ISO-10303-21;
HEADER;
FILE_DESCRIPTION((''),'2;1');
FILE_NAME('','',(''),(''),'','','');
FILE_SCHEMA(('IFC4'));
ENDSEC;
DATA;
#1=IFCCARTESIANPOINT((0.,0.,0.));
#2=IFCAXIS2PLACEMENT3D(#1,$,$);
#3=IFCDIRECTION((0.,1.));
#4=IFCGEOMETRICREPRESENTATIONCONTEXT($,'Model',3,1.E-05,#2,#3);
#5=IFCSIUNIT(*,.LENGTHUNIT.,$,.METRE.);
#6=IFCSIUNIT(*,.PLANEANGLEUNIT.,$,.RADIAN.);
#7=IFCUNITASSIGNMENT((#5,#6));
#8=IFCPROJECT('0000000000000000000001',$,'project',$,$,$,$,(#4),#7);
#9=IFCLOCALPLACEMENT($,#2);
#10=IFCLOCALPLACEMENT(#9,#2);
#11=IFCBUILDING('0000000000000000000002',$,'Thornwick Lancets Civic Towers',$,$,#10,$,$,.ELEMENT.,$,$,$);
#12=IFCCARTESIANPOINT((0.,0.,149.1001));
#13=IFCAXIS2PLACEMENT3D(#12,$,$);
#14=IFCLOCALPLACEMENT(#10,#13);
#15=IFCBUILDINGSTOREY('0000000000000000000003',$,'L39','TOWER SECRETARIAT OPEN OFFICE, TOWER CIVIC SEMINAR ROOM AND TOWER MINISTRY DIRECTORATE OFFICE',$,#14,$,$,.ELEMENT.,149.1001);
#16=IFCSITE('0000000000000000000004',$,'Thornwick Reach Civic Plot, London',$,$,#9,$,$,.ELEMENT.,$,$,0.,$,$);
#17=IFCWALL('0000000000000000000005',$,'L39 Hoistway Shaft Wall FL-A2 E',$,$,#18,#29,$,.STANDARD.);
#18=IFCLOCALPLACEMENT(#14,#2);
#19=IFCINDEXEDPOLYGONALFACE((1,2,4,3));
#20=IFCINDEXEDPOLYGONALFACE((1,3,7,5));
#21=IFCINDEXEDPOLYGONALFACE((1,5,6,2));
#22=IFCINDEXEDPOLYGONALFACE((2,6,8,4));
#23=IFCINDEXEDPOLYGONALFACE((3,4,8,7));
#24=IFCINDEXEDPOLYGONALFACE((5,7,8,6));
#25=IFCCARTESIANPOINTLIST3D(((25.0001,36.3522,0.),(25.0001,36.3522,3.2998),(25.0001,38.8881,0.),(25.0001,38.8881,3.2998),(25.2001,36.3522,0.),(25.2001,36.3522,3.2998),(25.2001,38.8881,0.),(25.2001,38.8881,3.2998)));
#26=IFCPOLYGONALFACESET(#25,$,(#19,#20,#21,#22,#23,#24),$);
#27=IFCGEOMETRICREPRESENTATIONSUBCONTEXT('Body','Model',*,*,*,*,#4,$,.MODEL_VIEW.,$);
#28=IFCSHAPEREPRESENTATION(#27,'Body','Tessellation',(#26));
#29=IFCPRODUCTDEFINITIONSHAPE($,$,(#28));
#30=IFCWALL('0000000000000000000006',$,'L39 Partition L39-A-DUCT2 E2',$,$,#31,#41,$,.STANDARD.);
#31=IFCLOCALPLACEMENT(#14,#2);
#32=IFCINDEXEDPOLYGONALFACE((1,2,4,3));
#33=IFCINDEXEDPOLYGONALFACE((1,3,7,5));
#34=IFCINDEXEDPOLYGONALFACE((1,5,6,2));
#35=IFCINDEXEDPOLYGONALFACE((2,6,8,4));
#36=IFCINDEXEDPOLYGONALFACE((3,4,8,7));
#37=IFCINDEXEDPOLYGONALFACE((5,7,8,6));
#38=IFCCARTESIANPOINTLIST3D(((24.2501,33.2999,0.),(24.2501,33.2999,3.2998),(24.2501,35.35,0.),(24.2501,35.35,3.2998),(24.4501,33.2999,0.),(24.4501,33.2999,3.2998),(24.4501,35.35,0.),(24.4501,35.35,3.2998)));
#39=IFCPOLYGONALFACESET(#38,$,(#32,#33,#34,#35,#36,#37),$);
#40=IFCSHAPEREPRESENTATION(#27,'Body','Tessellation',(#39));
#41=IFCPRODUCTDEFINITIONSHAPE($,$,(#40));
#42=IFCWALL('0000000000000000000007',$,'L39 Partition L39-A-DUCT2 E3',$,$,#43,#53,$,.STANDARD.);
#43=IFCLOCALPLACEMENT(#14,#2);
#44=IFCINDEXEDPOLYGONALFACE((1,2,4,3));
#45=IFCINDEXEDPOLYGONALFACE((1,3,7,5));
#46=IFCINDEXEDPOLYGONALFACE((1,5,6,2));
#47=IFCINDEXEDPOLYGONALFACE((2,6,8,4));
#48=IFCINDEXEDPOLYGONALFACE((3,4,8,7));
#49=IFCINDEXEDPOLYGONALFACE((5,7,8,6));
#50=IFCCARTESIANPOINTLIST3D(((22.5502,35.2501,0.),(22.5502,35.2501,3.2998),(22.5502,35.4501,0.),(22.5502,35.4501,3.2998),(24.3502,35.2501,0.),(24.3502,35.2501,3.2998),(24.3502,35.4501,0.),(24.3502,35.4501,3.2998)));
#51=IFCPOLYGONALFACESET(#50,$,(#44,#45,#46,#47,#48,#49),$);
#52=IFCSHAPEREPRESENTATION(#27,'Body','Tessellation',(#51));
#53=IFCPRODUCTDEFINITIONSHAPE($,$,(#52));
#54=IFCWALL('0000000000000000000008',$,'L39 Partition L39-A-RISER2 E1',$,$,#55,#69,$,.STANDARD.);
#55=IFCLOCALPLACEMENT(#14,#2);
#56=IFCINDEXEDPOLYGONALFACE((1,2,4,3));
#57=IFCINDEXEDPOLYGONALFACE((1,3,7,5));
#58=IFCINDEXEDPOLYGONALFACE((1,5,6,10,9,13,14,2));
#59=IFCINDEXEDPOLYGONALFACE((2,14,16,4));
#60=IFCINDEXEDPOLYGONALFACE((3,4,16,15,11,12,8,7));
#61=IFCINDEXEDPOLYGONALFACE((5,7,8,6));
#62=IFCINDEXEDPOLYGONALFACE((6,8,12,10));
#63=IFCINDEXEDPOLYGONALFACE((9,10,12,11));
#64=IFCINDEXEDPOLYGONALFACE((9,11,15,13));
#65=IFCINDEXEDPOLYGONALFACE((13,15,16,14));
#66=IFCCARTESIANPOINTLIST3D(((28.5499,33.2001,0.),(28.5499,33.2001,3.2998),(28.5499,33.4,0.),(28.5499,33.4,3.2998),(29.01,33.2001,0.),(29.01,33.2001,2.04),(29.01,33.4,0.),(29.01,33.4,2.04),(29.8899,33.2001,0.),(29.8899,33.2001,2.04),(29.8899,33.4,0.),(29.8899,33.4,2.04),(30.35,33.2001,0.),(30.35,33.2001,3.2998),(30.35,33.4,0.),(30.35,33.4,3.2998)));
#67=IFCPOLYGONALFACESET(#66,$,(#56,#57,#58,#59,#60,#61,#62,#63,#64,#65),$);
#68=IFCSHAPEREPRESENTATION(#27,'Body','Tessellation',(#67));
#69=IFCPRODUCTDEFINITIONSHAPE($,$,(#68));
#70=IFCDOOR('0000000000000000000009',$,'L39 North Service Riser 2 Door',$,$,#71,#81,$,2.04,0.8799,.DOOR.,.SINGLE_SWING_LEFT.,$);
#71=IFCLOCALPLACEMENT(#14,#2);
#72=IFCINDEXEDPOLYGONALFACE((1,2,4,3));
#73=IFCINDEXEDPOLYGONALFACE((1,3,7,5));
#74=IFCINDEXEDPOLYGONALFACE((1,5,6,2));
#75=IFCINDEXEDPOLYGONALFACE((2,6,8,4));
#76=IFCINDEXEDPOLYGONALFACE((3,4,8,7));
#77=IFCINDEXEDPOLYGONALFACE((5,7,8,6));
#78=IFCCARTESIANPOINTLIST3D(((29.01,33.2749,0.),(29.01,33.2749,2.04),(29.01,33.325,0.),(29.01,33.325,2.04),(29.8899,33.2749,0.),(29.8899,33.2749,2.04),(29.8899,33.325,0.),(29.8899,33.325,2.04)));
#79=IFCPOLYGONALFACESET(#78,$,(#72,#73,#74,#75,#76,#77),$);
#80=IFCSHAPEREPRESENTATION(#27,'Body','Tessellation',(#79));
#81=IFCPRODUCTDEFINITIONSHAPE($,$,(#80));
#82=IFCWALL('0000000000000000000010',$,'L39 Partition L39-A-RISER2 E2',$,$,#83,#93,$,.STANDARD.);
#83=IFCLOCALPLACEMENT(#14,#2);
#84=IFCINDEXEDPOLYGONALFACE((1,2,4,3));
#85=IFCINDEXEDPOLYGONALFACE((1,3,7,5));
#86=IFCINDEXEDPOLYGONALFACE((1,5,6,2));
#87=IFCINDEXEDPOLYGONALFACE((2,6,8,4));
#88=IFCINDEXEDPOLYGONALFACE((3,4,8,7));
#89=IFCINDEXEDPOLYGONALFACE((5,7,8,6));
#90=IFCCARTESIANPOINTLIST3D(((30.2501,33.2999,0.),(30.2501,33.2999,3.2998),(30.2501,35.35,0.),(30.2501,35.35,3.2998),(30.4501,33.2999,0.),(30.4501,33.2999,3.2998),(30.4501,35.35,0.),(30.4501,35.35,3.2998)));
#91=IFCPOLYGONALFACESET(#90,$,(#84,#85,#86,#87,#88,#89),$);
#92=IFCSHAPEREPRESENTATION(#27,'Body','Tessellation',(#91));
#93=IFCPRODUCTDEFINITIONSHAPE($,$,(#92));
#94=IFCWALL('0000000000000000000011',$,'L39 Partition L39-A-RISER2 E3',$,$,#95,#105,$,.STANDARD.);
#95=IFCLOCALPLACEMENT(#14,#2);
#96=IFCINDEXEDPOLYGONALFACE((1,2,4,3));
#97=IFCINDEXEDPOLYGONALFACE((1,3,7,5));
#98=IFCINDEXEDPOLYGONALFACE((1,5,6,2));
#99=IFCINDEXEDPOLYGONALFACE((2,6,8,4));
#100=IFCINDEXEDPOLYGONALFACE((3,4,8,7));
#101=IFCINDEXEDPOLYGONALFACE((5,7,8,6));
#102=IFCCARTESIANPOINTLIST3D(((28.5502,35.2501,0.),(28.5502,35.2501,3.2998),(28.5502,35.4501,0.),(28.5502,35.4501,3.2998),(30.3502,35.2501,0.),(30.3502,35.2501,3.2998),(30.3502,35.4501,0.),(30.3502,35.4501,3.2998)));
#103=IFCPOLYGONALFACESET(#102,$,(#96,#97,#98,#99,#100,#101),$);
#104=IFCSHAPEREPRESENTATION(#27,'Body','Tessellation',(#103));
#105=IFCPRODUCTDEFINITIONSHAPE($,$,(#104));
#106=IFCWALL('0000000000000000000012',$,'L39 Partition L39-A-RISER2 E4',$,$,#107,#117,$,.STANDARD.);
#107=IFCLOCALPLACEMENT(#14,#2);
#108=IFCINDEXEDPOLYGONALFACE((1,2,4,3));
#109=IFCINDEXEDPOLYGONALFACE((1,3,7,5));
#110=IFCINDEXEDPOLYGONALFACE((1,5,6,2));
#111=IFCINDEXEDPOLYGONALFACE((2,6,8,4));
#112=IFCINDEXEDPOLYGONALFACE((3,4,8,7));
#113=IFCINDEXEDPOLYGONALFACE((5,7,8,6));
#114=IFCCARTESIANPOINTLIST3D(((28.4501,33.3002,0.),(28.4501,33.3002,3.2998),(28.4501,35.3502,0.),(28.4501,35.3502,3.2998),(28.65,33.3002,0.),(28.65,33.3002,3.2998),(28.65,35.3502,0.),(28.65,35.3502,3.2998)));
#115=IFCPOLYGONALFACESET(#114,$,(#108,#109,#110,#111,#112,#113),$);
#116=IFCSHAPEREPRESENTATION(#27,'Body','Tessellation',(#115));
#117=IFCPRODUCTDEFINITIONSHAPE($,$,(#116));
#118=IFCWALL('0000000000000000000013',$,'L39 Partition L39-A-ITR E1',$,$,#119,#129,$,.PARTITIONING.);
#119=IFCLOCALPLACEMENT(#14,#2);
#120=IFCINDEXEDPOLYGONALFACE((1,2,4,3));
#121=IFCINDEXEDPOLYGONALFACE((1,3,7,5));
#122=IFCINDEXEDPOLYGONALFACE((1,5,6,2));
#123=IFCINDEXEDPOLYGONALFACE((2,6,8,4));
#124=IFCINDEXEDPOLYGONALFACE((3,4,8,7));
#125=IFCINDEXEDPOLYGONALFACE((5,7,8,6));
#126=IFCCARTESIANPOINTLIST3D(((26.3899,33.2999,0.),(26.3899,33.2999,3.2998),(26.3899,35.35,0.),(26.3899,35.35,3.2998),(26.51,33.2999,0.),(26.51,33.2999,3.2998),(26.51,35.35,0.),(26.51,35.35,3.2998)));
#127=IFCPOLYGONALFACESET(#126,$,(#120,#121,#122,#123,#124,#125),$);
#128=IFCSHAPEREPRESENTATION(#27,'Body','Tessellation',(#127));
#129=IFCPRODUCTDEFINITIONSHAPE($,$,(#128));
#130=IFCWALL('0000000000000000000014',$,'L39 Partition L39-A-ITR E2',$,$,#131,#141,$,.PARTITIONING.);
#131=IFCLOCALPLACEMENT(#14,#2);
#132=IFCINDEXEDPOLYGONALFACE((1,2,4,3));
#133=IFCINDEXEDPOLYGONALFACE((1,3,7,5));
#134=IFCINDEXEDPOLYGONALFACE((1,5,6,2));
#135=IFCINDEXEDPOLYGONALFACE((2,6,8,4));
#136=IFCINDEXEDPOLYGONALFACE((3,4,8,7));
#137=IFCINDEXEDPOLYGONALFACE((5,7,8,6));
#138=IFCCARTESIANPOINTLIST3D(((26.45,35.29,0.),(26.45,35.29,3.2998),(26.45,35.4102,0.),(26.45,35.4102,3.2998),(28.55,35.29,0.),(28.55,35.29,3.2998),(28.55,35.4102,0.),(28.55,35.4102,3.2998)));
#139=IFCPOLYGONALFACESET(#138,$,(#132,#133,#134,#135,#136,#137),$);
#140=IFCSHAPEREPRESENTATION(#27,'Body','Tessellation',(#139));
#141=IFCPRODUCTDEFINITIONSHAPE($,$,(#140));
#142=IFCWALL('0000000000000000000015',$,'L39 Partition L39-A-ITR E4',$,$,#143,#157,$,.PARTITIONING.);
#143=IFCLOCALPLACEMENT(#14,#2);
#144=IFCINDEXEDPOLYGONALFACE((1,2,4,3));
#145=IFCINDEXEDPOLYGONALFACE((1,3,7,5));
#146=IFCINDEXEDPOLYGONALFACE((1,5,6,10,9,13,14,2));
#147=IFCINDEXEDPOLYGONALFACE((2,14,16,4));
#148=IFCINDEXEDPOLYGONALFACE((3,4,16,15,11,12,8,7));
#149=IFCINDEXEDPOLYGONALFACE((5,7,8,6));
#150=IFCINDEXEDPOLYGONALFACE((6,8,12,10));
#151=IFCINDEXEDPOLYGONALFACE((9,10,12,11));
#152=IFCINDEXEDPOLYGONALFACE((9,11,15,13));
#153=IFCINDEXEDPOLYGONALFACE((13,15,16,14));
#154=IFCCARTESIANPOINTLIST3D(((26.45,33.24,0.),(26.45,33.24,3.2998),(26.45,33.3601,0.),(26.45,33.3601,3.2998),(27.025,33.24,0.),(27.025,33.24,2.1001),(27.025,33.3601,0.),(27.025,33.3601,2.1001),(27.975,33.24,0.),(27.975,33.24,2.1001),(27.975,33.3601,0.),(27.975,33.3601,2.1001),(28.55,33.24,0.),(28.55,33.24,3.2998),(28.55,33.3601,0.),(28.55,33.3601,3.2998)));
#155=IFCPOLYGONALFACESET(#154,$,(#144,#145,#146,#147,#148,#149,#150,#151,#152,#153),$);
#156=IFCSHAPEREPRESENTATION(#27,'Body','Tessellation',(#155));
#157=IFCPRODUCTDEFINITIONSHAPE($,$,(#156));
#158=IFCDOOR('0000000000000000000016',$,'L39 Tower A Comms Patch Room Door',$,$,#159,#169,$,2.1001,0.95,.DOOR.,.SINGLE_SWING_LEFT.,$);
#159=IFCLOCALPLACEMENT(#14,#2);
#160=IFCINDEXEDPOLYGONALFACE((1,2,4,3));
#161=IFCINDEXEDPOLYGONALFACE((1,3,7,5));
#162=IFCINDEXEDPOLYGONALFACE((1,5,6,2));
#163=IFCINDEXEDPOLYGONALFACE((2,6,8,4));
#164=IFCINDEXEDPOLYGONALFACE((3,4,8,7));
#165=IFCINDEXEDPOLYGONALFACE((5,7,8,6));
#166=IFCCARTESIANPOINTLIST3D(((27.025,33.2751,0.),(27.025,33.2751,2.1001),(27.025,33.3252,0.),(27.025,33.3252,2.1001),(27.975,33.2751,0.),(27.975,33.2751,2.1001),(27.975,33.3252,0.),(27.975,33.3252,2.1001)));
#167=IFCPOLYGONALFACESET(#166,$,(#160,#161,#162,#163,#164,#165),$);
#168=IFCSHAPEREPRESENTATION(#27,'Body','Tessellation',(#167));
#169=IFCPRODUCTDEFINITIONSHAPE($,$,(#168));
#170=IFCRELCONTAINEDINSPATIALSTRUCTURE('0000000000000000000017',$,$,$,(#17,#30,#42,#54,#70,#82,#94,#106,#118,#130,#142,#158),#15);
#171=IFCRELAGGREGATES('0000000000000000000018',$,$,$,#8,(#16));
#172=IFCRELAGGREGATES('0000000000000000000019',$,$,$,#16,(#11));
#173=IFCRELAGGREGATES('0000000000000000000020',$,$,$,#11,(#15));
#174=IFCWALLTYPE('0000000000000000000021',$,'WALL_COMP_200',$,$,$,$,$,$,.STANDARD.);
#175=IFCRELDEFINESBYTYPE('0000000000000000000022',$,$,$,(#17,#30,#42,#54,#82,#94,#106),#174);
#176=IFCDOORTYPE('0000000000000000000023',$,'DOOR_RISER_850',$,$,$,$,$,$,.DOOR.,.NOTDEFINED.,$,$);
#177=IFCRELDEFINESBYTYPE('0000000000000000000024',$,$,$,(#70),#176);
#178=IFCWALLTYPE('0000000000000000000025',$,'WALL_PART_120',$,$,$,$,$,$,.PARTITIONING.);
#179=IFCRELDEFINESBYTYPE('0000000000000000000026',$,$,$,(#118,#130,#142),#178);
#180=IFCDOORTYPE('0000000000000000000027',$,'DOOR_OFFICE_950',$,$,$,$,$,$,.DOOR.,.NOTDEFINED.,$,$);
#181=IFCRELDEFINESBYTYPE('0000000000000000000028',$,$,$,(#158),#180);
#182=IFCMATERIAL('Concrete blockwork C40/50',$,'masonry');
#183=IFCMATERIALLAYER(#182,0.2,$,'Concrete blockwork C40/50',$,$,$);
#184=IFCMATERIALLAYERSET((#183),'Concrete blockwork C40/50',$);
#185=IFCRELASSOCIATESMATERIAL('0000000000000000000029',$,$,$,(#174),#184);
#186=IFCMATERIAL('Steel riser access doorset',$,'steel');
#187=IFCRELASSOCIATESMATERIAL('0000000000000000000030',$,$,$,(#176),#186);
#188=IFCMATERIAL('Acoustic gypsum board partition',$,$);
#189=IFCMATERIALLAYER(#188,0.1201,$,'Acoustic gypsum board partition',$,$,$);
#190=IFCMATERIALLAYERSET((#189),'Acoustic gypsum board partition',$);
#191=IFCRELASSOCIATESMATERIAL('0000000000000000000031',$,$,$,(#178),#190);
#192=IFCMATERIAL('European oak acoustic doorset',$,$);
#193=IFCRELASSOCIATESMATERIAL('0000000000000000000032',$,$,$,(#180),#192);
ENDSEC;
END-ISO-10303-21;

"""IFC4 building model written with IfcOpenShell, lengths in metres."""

from ifc_helpers import new_model, si_unit, direction, frame, frame_2d, origin, place, context, subcontext, project, spatial, rectangle, extrude, material, layer, layer_set, type_object, element, fill, save


model = new_model("IFC4")

# Units and contexts
model_context = context("Model", 3, precision=1e-05, world=origin(), true_north=direction((0.0, 1.0)))
body_context = subcontext(model_context, "Body", "Model", "MODEL_VIEW")
ifc_project = project(units=[si_unit("LENGTHUNIT", "METRE"), si_unit("PLANEANGLEUNIT", "RADIAN")], contexts=[model_context])

# Site, building, storey
site_placement = place(None, origin())
site = spatial("IfcSite", under=ifc_project, at=site_placement, Name="Thornwick Reach Civic Plot, London", CompositionType="ELEMENT", RefElevation=0.0)
building_placement = place(site_placement, origin())
building = spatial("IfcBuilding", under=site, at=building_placement, Name="Thornwick Lancets Civic Towers", CompositionType="ELEMENT")
storey_placement = place(building_placement, frame((0.0, 0.0, 149.1001)))
storey = spatial("IfcBuildingStorey", under=building, at=storey_placement, Name="L39", Description="TOWER SECRETARIAT OPEN OFFICE, TOWER CIVIC SEMINAR ROOM AND TOWER MINISTRY DIRECTORATE OFFICE", CompositionType="ELEMENT", Elevation=149.1001)

# Shared definitions
ifc_material_1 = material(Name="Concrete blockwork C40/50", Category="masonry")
ifc_layer_1 = layer(ifc_material_1, 0.2, Name="Concrete blockwork C40/50")
ifc_layer_set_1 = layer_set([ifc_layer_1], Name="Concrete blockwork C40/50")
wall_type_1 = type_object("IfcWallType", Name="WALL_COMP_200", PredefinedType="STANDARD", material=ifc_layer_set_1)

# Walls
wall_1_placement = place(storey_placement, frame((25.1001, 36.3521, 0.0), z_axis=(0.0, 0.0, 1.0), x_axis=(0.0, 1.0, 0.0)))
element("IfcWall", 1, at=wall_1_placement, inside=storey, type_object=wall_type_1, Name="L39 Hoistway Shaft Wall FL-A2 E", PredefinedType="STANDARD", context=body_context, shape_type="SweptSolid", body=[
    extrude(rectangle(XDim=2.5359, YDim=0.2, at=frame_2d((1.2681, 0.0))), origin(), (0.0, 0.0, 1.0), 3.2998),
])
wall_2_placement = place(storey_placement, frame((24.3501, 33.3, 0.0), z_axis=(0.0, 0.0, 1.0), x_axis=(0.0, 1.0, 0.0)))
element("IfcWall", 2, at=wall_2_placement, inside=storey, type_object=wall_type_1, Name="L39 Partition L39-A-DUCT2 E2", PredefinedType="STANDARD", context=body_context, shape_type="SweptSolid", body=[
    extrude(rectangle(XDim=2.05, YDim=0.2, at=frame_2d((1.0249, 0.0))), origin(), (0.0, 0.0, 1.0), 3.2998),
])
wall_3_placement = place(storey_placement, frame((24.3501, 35.3501, 0.0), z_axis=(0.0, 0.0, 1.0), x_axis=(-1.0, 0.0, 0.0)))
element("IfcWall", 3, at=wall_3_placement, inside=storey, type_object=wall_type_1, Name="L39 Partition L39-A-DUCT2 E3", PredefinedType="STANDARD", context=body_context, shape_type="SweptSolid", body=[
    extrude(rectangle(XDim=1.8, YDim=0.2, at=frame_2d((0.8999, 0.0))), origin(), (0.0, 0.0, 1.0), 3.2998),
])

# Wall, opening, door
wall_4_placement = place(storey_placement, frame((28.55, 33.3, 0.0), z_axis=(0.0, 0.0, 1.0), x_axis=(1.0, 0.0, 0.0)))
wall_4 = element("IfcWall", 4, at=wall_4_placement, inside=storey, type_object=wall_type_1, Name="L39 Partition L39-A-RISER2 E1", PredefinedType="STANDARD", context=body_context, shape_type="SweptSolid", body=[
    extrude(rectangle(XDim=1.8, YDim=0.2, at=frame_2d((0.8999, 0.0))), origin(), (0.0, 0.0, 1.0), 3.2998),
])
opening_1_placement = place(wall_4_placement, frame((0.46, 0.0, 0.0)))
opening_1 = element("IfcOpeningElement", 5, at=opening_1_placement, cuts=wall_4, PredefinedType="OPENING", context=body_context, shape_type="SweptSolid", body=[
    extrude(rectangle(XDim=0.8799, YDim=2.04, at=frame_2d((0.4399, 1.02))), frame((0.0, 0.1099, 0.0), z_axis=(0.0, -1.0, 0.0), x_axis=(1.0, 0.0, 0.0)), (0.0, 0.0, 1.0), 0.22),
])
ifc_material_2 = material(Name="Steel riser access doorset", Category="steel")
door_type_1 = type_object("IfcDoorType", Name="DOOR_RISER_850", OperationType="NOTDEFINED", PredefinedType="DOOR", material=ifc_material_2)
door_1_placement = place(opening_1_placement, origin())
door_1 = element("IfcDoor", 6, at=door_1_placement, inside=storey, type_object=door_type_1, Name="L39 North Service Riser 2 Door", OperationType="SINGLE_SWING_LEFT", OverallHeight=2.04, OverallWidth=0.8799, PredefinedType="DOOR", context=body_context, shape_type="SweptSolid", body=[
    extrude(rectangle(XDim=0.8799, YDim=2.04, at=frame_2d((0.4399, 1.02))), frame((0.0, 0.0249, 0.0), z_axis=(0.0, -1.0, 0.0), x_axis=(1.0, 0.0, 0.0)), (0.0, 0.0, 1.0), 0.05),
])
fill(opening_1, door_1)

# Walls
wall_5_placement = place(storey_placement, frame((30.3501, 33.3, 0.0), z_axis=(0.0, 0.0, 1.0), x_axis=(0.0, 1.0, 0.0)))
element("IfcWall", 7, at=wall_5_placement, inside=storey, type_object=wall_type_1, Name="L39 Partition L39-A-RISER2 E2", PredefinedType="STANDARD", context=body_context, shape_type="SweptSolid", body=[
    extrude(rectangle(XDim=2.05, YDim=0.2, at=frame_2d((1.0249, 0.0))), origin(), (0.0, 0.0, 1.0), 3.2998),
])
wall_6_placement = place(storey_placement, frame((30.3501, 35.3501, 0.0), z_axis=(0.0, 0.0, 1.0), x_axis=(-1.0, 0.0, 0.0)))
element("IfcWall", 8, at=wall_6_placement, inside=storey, type_object=wall_type_1, Name="L39 Partition L39-A-RISER2 E3", PredefinedType="STANDARD", context=body_context, shape_type="SweptSolid", body=[
    extrude(rectangle(XDim=1.8, YDim=0.2, at=frame_2d((0.8999, 0.0))), origin(), (0.0, 0.0, 1.0), 3.2998),
])
wall_7_placement = place(storey_placement, frame((28.55, 35.3501, 0.0), z_axis=(0.0, 0.0, 1.0), x_axis=(0.0, -1.0, 0.0)))
element("IfcWall", 9, at=wall_7_placement, inside=storey, type_object=wall_type_1, Name="L39 Partition L39-A-RISER2 E4", PredefinedType="STANDARD", context=body_context, shape_type="SweptSolid", body=[
    extrude(rectangle(XDim=2.05, YDim=0.2, at=frame_2d((1.0249, 0.0))), origin(), (0.0, 0.0, 1.0), 3.2998),
])
ifc_material_3 = material(Name="Acoustic gypsum board partition")
ifc_layer_2 = layer(ifc_material_3, 0.1201, Name="Acoustic gypsum board partition")
ifc_layer_set_2 = layer_set([ifc_layer_2], Name="Acoustic gypsum board partition")
wall_type_2 = type_object("IfcWallType", Name="WALL_PART_120", PredefinedType="PARTITIONING", material=ifc_layer_set_2)
wall_8_placement = place(storey_placement, frame((26.45, 33.3, 0.0), z_axis=(0.0, 0.0, 1.0), x_axis=(0.0, 1.0, 0.0)))
element("IfcWall", 10, at=wall_8_placement, inside=storey, type_object=wall_type_2, Name="L39 Partition L39-A-ITR E1", PredefinedType="PARTITIONING", context=body_context, shape_type="SweptSolid", body=[
    extrude(rectangle(XDim=2.05, YDim=0.1201, at=frame_2d((1.0249, 0.0))), origin(), (0.0, 0.0, 1.0), 3.2998),
])
wall_9_placement = place(storey_placement, frame((26.45, 35.3501, 0.0), z_axis=(0.0, 0.0, 1.0), x_axis=(1.0, 0.0, 0.0)))
element("IfcWall", 11, at=wall_9_placement, inside=storey, type_object=wall_type_2, Name="L39 Partition L39-A-ITR E2", PredefinedType="PARTITIONING", context=body_context, shape_type="SweptSolid", body=[
    extrude(rectangle(XDim=2.1001, YDim=0.1201, at=frame_2d((1.05, 0.0))), origin(), (0.0, 0.0, 1.0), 3.2998),
])

# Wall, opening, door
wall_10_placement = place(storey_placement, frame((28.55, 33.3, 0.0), z_axis=(0.0, 0.0, 1.0), x_axis=(-1.0, 0.0, 0.0)))
wall_10 = element("IfcWall", 12, at=wall_10_placement, inside=storey, type_object=wall_type_2, Name="L39 Partition L39-A-ITR E4", PredefinedType="PARTITIONING", context=body_context, shape_type="SweptSolid", body=[
    extrude(rectangle(XDim=2.1001, YDim=0.1201, at=frame_2d((1.05, 0.0))), origin(), (0.0, 0.0, 1.0), 3.2998),
])
opening_2_placement = place(wall_10_placement, frame((0.575, 0.0, 0.0)))
opening_2 = element("IfcOpeningElement", 13, at=opening_2_placement, cuts=wall_10, PredefinedType="OPENING", context=body_context, shape_type="SweptSolid", body=[
    extrude(rectangle(XDim=0.95, YDim=2.1001, at=frame_2d((0.4751, 1.05))), frame((0.0, 0.0701, 0.0), z_axis=(0.0, -1.0, 0.0), x_axis=(1.0, 0.0, 0.0)), (0.0, 0.0, 1.0), 0.1401),
])
ifc_material_4 = material(Name="European oak acoustic doorset")
door_type_2 = type_object("IfcDoorType", Name="DOOR_OFFICE_950", OperationType="NOTDEFINED", PredefinedType="DOOR", material=ifc_material_4)
door_2_placement = place(opening_2_placement, origin())
door_2 = element("IfcDoor", 14, at=door_2_placement, inside=storey, type_object=door_type_2, Name="L39 Tower A Comms Patch Room Door", OperationType="SINGLE_SWING_LEFT", OverallHeight=2.1001, OverallWidth=0.95, PredefinedType="DOOR", context=body_context, shape_type="SweptSolid", body=[
    extrude(rectangle(XDim=0.95, YDim=2.1001, at=frame_2d((0.4751, 1.05))), frame((0.0, 0.0249, 0.0), z_axis=(0.0, -1.0, 0.0), x_axis=(1.0, 0.0, 0.0)), (0.0, 0.0, 1.0), 0.05),
])
fill(opening_2, door_2)

save(model, "model.ifc")
